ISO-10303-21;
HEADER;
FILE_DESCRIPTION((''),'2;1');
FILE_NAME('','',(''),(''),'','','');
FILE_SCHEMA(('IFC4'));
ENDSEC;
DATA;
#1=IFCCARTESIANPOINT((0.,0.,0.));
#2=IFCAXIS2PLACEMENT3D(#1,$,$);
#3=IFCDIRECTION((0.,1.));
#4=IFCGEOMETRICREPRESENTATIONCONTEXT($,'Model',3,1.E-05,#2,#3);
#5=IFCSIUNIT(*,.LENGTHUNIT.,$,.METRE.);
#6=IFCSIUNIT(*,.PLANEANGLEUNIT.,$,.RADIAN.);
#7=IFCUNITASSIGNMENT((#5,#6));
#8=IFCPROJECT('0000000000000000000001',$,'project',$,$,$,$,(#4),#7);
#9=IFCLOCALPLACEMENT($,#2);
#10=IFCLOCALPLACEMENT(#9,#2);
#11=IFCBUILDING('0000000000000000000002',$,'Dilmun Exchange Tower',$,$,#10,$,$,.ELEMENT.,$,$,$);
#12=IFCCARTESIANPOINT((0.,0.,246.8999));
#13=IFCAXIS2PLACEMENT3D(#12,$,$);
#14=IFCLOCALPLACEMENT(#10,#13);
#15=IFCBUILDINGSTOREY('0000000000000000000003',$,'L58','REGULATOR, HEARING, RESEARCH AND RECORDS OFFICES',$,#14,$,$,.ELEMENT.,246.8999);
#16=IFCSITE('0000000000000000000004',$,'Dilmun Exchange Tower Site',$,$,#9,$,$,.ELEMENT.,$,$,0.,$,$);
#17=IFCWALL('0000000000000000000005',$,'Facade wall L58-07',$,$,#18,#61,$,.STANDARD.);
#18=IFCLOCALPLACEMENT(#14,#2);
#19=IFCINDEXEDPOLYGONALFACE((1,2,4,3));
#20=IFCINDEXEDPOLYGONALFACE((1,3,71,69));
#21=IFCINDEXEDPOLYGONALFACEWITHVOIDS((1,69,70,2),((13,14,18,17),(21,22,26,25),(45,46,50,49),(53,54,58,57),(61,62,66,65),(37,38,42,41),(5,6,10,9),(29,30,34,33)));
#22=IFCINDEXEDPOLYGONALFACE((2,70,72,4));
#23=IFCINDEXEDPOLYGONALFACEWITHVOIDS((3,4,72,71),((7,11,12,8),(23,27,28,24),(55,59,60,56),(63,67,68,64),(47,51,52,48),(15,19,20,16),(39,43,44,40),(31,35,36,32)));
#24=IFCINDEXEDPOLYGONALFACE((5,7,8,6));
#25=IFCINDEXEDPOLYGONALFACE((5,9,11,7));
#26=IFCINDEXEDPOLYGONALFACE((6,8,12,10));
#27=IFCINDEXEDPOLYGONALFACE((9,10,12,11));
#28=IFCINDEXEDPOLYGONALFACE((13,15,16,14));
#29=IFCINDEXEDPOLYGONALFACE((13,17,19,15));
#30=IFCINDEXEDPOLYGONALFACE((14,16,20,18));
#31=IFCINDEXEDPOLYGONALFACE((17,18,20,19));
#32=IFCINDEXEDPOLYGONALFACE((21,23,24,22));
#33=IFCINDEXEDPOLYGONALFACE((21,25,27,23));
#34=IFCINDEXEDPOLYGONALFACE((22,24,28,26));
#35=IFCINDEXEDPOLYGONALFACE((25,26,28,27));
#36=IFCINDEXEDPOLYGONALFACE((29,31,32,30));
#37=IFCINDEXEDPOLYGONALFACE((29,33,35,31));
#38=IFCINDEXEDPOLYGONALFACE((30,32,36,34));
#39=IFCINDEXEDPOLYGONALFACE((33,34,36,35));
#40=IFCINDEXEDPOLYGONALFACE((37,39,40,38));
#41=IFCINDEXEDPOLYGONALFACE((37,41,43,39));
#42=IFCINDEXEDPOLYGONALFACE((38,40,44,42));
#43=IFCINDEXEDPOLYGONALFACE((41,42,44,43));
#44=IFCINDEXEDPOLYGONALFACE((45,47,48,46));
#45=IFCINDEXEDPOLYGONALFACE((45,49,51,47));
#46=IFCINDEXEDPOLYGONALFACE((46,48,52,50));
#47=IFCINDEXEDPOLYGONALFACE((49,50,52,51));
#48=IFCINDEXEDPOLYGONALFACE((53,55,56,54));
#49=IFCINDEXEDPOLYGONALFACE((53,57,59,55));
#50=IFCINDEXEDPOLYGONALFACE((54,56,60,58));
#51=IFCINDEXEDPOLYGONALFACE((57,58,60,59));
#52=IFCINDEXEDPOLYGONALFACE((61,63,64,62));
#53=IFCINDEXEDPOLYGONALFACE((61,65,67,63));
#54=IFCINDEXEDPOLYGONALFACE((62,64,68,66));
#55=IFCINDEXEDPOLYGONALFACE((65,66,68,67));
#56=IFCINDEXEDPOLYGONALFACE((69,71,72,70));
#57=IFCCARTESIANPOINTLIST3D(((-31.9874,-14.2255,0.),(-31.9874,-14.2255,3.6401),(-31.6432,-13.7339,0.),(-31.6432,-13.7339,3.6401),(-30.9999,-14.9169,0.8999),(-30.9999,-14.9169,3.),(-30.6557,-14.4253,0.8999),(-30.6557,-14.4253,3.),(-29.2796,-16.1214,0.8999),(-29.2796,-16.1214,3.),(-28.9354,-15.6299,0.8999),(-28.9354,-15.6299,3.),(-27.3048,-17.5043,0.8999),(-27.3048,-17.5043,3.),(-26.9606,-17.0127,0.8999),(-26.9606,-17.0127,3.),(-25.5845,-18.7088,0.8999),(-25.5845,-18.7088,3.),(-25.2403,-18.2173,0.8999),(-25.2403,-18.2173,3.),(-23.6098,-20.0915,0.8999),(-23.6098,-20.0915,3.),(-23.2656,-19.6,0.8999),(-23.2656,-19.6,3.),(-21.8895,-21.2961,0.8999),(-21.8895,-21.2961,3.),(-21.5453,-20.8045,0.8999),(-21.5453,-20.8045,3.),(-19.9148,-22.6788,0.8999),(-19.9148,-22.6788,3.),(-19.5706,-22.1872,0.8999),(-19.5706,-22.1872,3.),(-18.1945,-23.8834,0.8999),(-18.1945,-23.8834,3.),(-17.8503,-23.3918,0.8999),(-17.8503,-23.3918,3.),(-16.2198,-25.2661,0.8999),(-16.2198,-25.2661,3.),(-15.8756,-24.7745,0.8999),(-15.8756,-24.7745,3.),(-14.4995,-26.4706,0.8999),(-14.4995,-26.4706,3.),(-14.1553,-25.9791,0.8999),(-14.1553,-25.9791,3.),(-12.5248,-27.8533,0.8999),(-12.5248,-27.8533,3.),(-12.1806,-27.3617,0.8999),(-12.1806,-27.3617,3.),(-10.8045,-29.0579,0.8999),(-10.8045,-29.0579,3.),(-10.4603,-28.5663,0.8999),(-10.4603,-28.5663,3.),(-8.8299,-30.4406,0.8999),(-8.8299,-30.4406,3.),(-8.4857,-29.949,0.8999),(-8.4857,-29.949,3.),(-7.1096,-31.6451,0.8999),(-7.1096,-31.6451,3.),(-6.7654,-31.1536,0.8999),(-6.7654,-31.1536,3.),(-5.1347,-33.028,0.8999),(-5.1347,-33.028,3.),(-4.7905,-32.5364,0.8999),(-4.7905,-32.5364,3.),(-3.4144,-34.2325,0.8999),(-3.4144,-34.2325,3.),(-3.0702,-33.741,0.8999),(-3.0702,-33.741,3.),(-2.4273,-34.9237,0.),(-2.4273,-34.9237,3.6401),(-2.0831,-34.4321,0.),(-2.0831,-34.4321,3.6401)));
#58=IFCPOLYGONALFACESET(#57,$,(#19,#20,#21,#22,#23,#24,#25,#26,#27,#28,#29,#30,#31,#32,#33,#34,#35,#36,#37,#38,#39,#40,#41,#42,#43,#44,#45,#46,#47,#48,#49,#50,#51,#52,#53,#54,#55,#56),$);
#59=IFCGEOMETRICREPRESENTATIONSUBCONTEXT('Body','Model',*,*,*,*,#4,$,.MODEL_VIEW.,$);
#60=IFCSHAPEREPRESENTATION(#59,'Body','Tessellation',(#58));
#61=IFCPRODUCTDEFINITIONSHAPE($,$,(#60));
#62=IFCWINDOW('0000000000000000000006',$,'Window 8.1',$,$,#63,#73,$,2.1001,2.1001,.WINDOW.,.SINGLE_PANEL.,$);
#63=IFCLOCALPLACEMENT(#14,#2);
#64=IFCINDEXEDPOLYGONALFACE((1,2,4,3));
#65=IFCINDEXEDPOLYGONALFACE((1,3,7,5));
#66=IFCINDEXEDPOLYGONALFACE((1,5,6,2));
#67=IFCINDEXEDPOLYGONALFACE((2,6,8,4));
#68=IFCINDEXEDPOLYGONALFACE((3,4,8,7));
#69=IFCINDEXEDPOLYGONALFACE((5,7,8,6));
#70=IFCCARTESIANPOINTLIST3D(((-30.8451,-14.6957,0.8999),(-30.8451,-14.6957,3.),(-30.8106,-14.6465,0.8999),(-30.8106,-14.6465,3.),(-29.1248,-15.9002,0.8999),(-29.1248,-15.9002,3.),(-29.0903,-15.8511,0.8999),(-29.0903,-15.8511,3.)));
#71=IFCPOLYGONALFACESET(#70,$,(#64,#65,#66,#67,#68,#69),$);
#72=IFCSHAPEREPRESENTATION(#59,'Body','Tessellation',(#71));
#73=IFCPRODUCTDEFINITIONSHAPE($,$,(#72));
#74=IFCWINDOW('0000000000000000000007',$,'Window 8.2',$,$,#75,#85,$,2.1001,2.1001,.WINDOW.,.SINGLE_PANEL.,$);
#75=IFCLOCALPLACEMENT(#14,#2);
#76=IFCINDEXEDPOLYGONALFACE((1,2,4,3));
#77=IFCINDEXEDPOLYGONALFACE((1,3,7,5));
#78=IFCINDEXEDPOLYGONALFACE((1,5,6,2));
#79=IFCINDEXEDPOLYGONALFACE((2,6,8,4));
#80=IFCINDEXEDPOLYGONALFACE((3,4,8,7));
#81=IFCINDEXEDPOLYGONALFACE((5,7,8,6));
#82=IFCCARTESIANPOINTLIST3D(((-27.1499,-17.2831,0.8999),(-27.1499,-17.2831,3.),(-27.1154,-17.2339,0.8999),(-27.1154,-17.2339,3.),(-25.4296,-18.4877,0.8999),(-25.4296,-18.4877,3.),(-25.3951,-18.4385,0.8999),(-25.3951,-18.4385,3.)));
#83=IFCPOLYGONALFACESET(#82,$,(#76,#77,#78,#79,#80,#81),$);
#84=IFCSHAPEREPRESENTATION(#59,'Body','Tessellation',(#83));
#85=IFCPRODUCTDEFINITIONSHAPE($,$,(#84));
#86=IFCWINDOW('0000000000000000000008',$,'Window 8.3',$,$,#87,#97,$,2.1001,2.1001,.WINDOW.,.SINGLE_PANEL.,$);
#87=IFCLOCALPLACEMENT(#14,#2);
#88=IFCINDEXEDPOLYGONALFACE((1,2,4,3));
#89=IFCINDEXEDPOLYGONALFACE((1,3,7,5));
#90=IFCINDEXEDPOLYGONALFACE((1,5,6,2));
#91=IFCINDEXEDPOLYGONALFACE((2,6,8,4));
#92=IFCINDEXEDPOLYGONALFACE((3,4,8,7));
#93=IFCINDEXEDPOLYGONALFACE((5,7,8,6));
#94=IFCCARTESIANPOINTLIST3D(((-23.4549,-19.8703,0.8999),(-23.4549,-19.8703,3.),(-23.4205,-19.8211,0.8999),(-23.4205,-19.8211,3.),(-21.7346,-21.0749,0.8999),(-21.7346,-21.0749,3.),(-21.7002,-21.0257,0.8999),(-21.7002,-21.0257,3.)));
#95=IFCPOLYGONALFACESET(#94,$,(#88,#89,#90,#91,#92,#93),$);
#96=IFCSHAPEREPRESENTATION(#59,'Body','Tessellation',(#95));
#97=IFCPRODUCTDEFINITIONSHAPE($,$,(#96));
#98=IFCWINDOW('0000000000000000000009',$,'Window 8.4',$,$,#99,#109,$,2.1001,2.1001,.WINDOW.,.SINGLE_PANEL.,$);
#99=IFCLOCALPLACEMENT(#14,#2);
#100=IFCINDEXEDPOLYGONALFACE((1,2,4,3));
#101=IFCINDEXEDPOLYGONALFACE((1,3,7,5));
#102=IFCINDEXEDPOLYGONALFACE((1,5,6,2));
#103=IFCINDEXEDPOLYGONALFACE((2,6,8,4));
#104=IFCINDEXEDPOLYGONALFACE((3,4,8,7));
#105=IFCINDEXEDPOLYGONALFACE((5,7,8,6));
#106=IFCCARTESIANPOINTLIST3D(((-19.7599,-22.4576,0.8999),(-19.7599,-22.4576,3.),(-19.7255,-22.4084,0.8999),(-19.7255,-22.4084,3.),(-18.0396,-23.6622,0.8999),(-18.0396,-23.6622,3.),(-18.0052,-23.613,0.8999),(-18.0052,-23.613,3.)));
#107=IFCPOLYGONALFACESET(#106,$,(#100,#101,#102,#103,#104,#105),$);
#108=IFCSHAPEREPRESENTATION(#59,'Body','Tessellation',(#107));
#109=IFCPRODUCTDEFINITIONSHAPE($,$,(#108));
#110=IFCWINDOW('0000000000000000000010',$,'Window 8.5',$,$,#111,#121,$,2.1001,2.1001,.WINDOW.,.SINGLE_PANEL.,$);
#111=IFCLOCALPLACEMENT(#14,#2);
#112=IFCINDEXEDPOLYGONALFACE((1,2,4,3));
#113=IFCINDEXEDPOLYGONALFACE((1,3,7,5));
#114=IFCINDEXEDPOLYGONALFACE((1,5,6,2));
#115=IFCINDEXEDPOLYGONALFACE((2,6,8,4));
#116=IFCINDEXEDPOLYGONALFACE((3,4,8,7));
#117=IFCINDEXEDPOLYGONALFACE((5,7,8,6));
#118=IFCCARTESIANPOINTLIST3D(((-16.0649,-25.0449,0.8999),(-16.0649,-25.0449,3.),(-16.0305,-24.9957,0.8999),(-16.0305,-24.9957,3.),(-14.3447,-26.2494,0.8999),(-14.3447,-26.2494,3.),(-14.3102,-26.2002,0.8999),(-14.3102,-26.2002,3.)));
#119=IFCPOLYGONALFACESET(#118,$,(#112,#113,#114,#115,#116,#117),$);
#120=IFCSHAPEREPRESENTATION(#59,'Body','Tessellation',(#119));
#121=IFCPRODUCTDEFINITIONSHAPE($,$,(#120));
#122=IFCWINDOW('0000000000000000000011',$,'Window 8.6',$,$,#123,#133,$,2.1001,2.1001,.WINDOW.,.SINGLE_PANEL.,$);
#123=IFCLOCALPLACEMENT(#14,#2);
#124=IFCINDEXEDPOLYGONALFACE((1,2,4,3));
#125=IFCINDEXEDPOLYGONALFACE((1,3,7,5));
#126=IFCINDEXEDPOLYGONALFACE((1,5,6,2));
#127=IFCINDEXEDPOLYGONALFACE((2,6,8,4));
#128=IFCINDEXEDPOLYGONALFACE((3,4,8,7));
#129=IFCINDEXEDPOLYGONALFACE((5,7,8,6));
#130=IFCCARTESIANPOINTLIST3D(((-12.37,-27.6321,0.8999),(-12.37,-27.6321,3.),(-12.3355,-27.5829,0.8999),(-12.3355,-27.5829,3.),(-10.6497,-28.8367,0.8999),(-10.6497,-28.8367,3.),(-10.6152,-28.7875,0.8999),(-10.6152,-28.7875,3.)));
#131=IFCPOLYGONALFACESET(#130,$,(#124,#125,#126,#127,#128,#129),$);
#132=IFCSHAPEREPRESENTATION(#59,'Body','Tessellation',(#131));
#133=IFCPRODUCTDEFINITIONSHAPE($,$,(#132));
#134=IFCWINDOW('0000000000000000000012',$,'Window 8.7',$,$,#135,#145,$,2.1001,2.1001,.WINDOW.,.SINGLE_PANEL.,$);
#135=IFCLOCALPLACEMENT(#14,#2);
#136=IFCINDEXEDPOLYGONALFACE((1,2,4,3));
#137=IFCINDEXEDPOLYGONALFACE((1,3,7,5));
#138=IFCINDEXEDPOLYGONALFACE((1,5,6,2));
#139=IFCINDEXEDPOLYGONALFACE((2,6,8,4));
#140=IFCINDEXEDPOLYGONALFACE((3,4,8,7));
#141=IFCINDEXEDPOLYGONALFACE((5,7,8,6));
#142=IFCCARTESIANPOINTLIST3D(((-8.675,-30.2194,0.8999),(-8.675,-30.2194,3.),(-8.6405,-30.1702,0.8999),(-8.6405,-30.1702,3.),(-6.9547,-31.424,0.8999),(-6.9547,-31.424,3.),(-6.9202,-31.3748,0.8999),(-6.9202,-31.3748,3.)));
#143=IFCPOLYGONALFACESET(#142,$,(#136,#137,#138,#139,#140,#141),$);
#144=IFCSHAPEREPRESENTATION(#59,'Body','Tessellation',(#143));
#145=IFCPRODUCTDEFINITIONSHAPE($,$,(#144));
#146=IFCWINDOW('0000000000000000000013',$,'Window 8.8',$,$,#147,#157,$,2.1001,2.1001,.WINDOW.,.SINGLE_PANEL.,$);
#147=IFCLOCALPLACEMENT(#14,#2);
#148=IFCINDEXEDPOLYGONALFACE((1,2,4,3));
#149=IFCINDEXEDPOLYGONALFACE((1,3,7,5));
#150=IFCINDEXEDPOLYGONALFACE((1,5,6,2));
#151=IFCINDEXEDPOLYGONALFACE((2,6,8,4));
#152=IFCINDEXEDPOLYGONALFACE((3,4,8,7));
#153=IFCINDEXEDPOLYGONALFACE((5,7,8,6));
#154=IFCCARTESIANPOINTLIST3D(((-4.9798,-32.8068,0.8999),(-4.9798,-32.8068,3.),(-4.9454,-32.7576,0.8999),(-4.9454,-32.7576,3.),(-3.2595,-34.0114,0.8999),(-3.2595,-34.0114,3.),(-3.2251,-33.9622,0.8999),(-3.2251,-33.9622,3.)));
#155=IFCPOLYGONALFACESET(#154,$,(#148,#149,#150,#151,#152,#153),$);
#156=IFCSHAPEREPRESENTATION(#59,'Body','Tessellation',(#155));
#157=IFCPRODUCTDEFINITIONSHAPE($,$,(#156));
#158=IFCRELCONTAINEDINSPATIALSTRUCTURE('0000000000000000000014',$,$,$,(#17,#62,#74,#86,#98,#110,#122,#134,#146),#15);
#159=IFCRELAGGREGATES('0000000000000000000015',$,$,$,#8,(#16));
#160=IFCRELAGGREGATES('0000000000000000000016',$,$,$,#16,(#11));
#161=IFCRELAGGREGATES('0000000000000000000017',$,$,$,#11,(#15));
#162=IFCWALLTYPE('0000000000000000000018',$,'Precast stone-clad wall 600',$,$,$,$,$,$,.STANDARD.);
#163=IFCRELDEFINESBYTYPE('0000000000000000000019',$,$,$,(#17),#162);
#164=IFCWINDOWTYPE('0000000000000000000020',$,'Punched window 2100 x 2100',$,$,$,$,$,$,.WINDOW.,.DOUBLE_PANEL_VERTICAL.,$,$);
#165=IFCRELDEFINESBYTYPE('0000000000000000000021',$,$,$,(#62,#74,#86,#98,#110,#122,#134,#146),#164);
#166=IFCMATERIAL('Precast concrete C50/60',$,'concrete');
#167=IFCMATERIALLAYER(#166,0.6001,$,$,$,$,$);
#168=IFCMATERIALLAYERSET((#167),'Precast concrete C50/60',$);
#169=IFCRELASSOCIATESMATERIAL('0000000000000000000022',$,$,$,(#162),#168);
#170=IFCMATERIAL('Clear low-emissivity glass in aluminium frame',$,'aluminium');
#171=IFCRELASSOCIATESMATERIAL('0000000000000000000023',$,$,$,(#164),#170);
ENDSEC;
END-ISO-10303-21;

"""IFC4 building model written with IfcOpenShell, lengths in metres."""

from ifc_helpers import new_model, si_unit, direction, frame, frame_2d, origin, place, context, subcontext, project, spatial, rectangle, extrude, material, layer, layer_set, type_object, element, fill, save


model = new_model("IFC4")

# Units and contexts
model_context = context("Model", 3, precision=1e-05, world=origin(), true_north=direction((0.0, 1.0)))
body_context = subcontext(model_context, "Body", "Model", "MODEL_VIEW")
ifc_project = project(units=[si_unit("LENGTHUNIT", "METRE"), si_unit("PLANEANGLEUNIT", "RADIAN")], contexts=[model_context])

# Site, building, storey
site_placement = place(None, origin())
site = spatial("IfcSite", under=ifc_project, at=site_placement, Name="Dilmun Exchange Tower Site", CompositionType="ELEMENT", RefElevation=0.0)
building_placement = place(site_placement, origin())
building = spatial("IfcBuilding", under=site, at=building_placement, Name="Dilmun Exchange Tower", CompositionType="ELEMENT")
storey_placement = place(building_placement, frame((0.0, 0.0, 246.8999)))
storey = spatial("IfcBuildingStorey", under=building, at=storey_placement, Name="L58", Description="REGULATOR, HEARING, RESEARCH AND RECORDS OFFICES", CompositionType="ELEMENT", Elevation=246.8999)

# Shared definitions
ifc_material_1 = material(Name="Precast concrete C50/60", Category="concrete")
ifc_layer_1 = layer(ifc_material_1, 0.6001)
ifc_layer_set_1 = layer_set([ifc_layer_1], Name="Precast concrete C50/60")
wall_type_1 = type_object("IfcWallType", Name="Precast stone-clad wall 600", PredefinedType="STANDARD", material=ifc_layer_set_1)
ifc_material_2 = material(Name="Clear low-emissivity glass in aluminium frame", Category="aluminium")

# Wall, openings, windows
wall_1_placement = place(storey_placement, frame((-31.8152, -13.9797, 0.0), z_axis=(0.0, 0.0, 1.0), x_axis=(0.819151, -0.573578, 0.0)))
wall_1 = element("IfcWall", 1, at=wall_1_placement, inside=storey, type_object=wall_type_1, Name="Facade wall L58-07", PredefinedType="STANDARD", context=body_context, shape_type="SweptSolid", body=[
    extrude(rectangle(XDim=36.0862, YDim=0.6001, at=frame_2d((18.043, 0.0))), origin(), (0.0, 0.0, 1.0), 3.6401),
])
opening_1_placement = place(wall_1_placement, frame((1.2053, 0.0, 0.8999)))
opening_1 = element("IfcOpeningElement", 2, at=opening_1_placement, cuts=wall_1, PredefinedType="OPENING", context=body_context, shape_type="SweptSolid", body=[
    extrude(rectangle(XDim=2.1001, YDim=2.1001, at=frame_2d((1.05, 1.05))), frame((0.0, 0.3101, 0.0), z_axis=(0.0, -1.0, 0.0), x_axis=(1.0, 0.0, 0.0)), (0.0, 0.0, 1.0), 0.6201),
])
opening_2_placement = place(wall_1_placement, frame((5.7163, 0.0, 0.8999)))
opening_2 = element("IfcOpeningElement", 3, at=opening_2_placement, cuts=wall_1, PredefinedType="OPENING", context=body_context, shape_type="SweptSolid", body=[
    extrude(rectangle(XDim=2.1001, YDim=2.1001, at=frame_2d((1.05, 1.05))), frame((0.0, 0.3101, 0.0), z_axis=(0.0, -1.0, 0.0), x_axis=(1.0, 0.0, 0.0)), (0.0, 0.0, 1.0), 0.6201),
])
opening_3_placement = place(wall_1_placement, frame((10.2271, 0.0, 0.8999)))
opening_3 = element("IfcOpeningElement", 4, at=opening_3_placement, cuts=wall_1, PredefinedType="OPENING", context=body_context, shape_type="SweptSolid", body=[
    extrude(rectangle(XDim=2.1001, YDim=2.1001, at=frame_2d((1.05, 1.05))), frame((0.0, 0.3101, 0.0), z_axis=(0.0, -1.0, 0.0), x_axis=(1.0, 0.0, 0.0)), (0.0, 0.0, 1.0), 0.6201),
])
opening_4_placement = place(wall_1_placement, frame((14.7378, 0.0, 0.8999)))
opening_4 = element("IfcOpeningElement", 5, at=opening_4_placement, cuts=wall_1, PredefinedType="OPENING", context=body_context, shape_type="SweptSolid", body=[
    extrude(rectangle(XDim=2.1001, YDim=2.1001, at=frame_2d((1.05, 1.05))), frame((0.0, 0.3101, 0.0), z_axis=(0.0, -1.0, 0.0), x_axis=(1.0, 0.0, 0.0)), (0.0, 0.0, 1.0), 0.6201),
])
opening_5_placement = place(wall_1_placement, frame((19.2485, 0.0, 0.8999)))
opening_5 = element("IfcOpeningElement", 6, at=opening_5_placement, cuts=wall_1, PredefinedType="OPENING", context=body_context, shape_type="SweptSolid", body=[
    extrude(rectangle(XDim=2.1001, YDim=2.1001, at=frame_2d((1.05, 1.05))), frame((0.0, 0.3101, 0.0), z_axis=(0.0, -1.0, 0.0), x_axis=(1.0, 0.0, 0.0)), (0.0, 0.0, 1.0), 0.6201),
])
opening_6_placement = place(wall_1_placement, frame((23.7593, 0.0, 0.8999)))
opening_6 = element("IfcOpeningElement", 7, at=opening_6_placement, cuts=wall_1, PredefinedType="OPENING", context=body_context, shape_type="SweptSolid", body=[
    extrude(rectangle(XDim=2.1001, YDim=2.1001, at=frame_2d((1.05, 1.05))), frame((0.0, 0.3101, 0.0), z_axis=(0.0, -1.0, 0.0), x_axis=(1.0, 0.0, 0.0)), (0.0, 0.0, 1.0), 0.6201),
])
opening_7_placement = place(wall_1_placement, frame((28.27, 0.0, 0.8999)))
opening_7 = element("IfcOpeningElement", 8, at=opening_7_placement, cuts=wall_1, PredefinedType="OPENING", context=body_context, shape_type="SweptSolid", body=[
    extrude(rectangle(XDim=2.1001, YDim=2.1001, at=frame_2d((1.05, 1.05))), frame((0.0, 0.3101, 0.0), z_axis=(0.0, -1.0, 0.0), x_axis=(1.0, 0.0, 0.0)), (0.0, 0.0, 1.0), 0.6201),
])
opening_8_placement = place(wall_1_placement, frame((32.781, 0.0, 0.8999)))
opening_8 = element("IfcOpeningElement", 9, at=opening_8_placement, cuts=wall_1, PredefinedType="OPENING", context=body_context, shape_type="SweptSolid", body=[
    extrude(rectangle(XDim=2.1001, YDim=2.1001, at=frame_2d((1.05, 1.05))), frame((0.0, 0.3101, 0.0), z_axis=(0.0, -1.0, 0.0), x_axis=(1.0, 0.0, 0.0)), (0.0, 0.0, 1.0), 0.6201),
])
window_type_1 = type_object("IfcWindowType", Name="Punched window 2100 x 2100", PartitioningType="DOUBLE_PANEL_VERTICAL", PredefinedType="WINDOW", material=ifc_material_2)
window_1_placement = place(opening_1_placement, origin())
window_1 = element("IfcWindow", 10, at=window_1_placement, inside=storey, type_object=window_type_1, Name="Window 8.1", OverallHeight=2.1001, OverallWidth=2.1001, PartitioningType="SINGLE_PANEL", PredefinedType="WINDOW", context=body_context, shape_type="SweptSolid", body=[
    extrude(rectangle(XDim=2.1001, YDim=2.1001, at=frame_2d((1.05, 1.05))), frame((0.0, 0.03, 0.0), z_axis=(0.0, -1.0, 0.0), x_axis=(1.0, 0.0, 0.0)), (0.0, 0.0, 1.0), 0.0601),
])
fill(opening_1, window_1)
window_2_placement = place(opening_2_placement, origin())
window_2 = element("IfcWindow", 11, at=window_2_placement, inside=storey, type_object=window_type_1, Name="Window 8.2", OverallHeight=2.1001, OverallWidth=2.1001, PartitioningType="SINGLE_PANEL", PredefinedType="WINDOW", context=body_context, shape_type="SweptSolid", body=[
    extrude(rectangle(XDim=2.1001, YDim=2.1001, at=frame_2d((1.05, 1.05))), frame((0.0, 0.03, 0.0), z_axis=(0.0, -1.0, 0.0), x_axis=(1.0, 0.0, 0.0)), (0.0, 0.0, 1.0), 0.0601),
])
fill(opening_2, window_2)
window_3_placement = place(opening_3_placement, origin())
window_3 = element("IfcWindow", 12, at=window_3_placement, inside=storey, type_object=window_type_1, Name="Window 8.3", OverallHeight=2.1001, OverallWidth=2.1001, PartitioningType="SINGLE_PANEL", PredefinedType="WINDOW", context=body_context, shape_type="SweptSolid", body=[
    extrude(rectangle(XDim=2.1001, YDim=2.1001, at=frame_2d((1.05, 1.05))), frame((0.0, 0.03, 0.0), z_axis=(0.0, -1.0, 0.0), x_axis=(1.0, 0.0, 0.0)), (0.0, 0.0, 1.0), 0.0601),
])
fill(opening_3, window_3)
window_4_placement = place(opening_4_placement, origin())
window_4 = element("IfcWindow", 13, at=window_4_placement, inside=storey, type_object=window_type_1, Name="Window 8.4", OverallHeight=2.1001, OverallWidth=2.1001, PartitioningType="SINGLE_PANEL", PredefinedType="WINDOW", context=body_context, shape_type="SweptSolid", body=[
    extrude(rectangle(XDim=2.1001, YDim=2.1001, at=frame_2d((1.05, 1.05))), frame((0.0, 0.03, 0.0), z_axis=(0.0, -1.0, 0.0), x_axis=(1.0, 0.0, 0.0)), (0.0, 0.0, 1.0), 0.0601),
])
fill(opening_4, window_4)
window_5_placement = place(opening_5_placement, origin())
window_5 = element("IfcWindow", 14, at=window_5_placement, inside=storey, type_object=window_type_1, Name="Window 8.5", OverallHeight=2.1001, OverallWidth=2.1001, PartitioningType="SINGLE_PANEL", PredefinedType="WINDOW", context=body_context, shape_type="SweptSolid", body=[
    extrude(rectangle(XDim=2.1001, YDim=2.1001, at=frame_2d((1.05, 1.05))), frame((0.0, 0.03, 0.0), z_axis=(0.0, -1.0, 0.0), x_axis=(1.0, 0.0, 0.0)), (0.0, 0.0, 1.0), 0.0601),
])
fill(opening_5, window_5)
window_6_placement = place(opening_6_placement, origin())
window_6 = element("IfcWindow", 15, at=window_6_placement, inside=storey, type_object=window_type_1, Name="Window 8.6", OverallHeight=2.1001, OverallWidth=2.1001, PartitioningType="SINGLE_PANEL", PredefinedType="WINDOW", context=body_context, shape_type="SweptSolid", body=[
    extrude(rectangle(XDim=2.1001, YDim=2.1001, at=frame_2d((1.05, 1.05))), frame((0.0, 0.03, 0.0), z_axis=(0.0, -1.0, 0.0), x_axis=(1.0, 0.0, 0.0)), (0.0, 0.0, 1.0), 0.0601),
])
fill(opening_6, window_6)
window_7_placement = place(opening_7_placement, origin())
window_7 = element("IfcWindow", 16, at=window_7_placement, inside=storey, type_object=window_type_1, Name="Window 8.7", OverallHeight=2.1001, OverallWidth=2.1001, PartitioningType="SINGLE_PANEL", PredefinedType="WINDOW", context=body_context, shape_type="SweptSolid", body=[
    extrude(rectangle(XDim=2.1001, YDim=2.1001, at=frame_2d((1.05, 1.05))), frame((0.0, 0.03, 0.0), z_axis=(0.0, -1.0, 0.0), x_axis=(1.0, 0.0, 0.0)), (0.0, 0.0, 1.0), 0.0601),
])
fill(opening_7, window_7)
window_8_placement = place(opening_8_placement, origin())
window_8 = element("IfcWindow", 17, at=window_8_placement, inside=storey, type_object=window_type_1, Name="Window 8.8", OverallHeight=2.1001, OverallWidth=2.1001, PartitioningType="SINGLE_PANEL", PredefinedType="WINDOW", context=body_context, shape_type="SweptSolid", body=[
    extrude(rectangle(XDim=2.1001, YDim=2.1001, at=frame_2d((1.05, 1.05))), frame((0.0, 0.03, 0.0), z_axis=(0.0, -1.0, 0.0), x_axis=(1.0, 0.0, 0.0)), (0.0, 0.0, 1.0), 0.0601),
])
fill(opening_8, window_8)

save(model, "model.ifc")
